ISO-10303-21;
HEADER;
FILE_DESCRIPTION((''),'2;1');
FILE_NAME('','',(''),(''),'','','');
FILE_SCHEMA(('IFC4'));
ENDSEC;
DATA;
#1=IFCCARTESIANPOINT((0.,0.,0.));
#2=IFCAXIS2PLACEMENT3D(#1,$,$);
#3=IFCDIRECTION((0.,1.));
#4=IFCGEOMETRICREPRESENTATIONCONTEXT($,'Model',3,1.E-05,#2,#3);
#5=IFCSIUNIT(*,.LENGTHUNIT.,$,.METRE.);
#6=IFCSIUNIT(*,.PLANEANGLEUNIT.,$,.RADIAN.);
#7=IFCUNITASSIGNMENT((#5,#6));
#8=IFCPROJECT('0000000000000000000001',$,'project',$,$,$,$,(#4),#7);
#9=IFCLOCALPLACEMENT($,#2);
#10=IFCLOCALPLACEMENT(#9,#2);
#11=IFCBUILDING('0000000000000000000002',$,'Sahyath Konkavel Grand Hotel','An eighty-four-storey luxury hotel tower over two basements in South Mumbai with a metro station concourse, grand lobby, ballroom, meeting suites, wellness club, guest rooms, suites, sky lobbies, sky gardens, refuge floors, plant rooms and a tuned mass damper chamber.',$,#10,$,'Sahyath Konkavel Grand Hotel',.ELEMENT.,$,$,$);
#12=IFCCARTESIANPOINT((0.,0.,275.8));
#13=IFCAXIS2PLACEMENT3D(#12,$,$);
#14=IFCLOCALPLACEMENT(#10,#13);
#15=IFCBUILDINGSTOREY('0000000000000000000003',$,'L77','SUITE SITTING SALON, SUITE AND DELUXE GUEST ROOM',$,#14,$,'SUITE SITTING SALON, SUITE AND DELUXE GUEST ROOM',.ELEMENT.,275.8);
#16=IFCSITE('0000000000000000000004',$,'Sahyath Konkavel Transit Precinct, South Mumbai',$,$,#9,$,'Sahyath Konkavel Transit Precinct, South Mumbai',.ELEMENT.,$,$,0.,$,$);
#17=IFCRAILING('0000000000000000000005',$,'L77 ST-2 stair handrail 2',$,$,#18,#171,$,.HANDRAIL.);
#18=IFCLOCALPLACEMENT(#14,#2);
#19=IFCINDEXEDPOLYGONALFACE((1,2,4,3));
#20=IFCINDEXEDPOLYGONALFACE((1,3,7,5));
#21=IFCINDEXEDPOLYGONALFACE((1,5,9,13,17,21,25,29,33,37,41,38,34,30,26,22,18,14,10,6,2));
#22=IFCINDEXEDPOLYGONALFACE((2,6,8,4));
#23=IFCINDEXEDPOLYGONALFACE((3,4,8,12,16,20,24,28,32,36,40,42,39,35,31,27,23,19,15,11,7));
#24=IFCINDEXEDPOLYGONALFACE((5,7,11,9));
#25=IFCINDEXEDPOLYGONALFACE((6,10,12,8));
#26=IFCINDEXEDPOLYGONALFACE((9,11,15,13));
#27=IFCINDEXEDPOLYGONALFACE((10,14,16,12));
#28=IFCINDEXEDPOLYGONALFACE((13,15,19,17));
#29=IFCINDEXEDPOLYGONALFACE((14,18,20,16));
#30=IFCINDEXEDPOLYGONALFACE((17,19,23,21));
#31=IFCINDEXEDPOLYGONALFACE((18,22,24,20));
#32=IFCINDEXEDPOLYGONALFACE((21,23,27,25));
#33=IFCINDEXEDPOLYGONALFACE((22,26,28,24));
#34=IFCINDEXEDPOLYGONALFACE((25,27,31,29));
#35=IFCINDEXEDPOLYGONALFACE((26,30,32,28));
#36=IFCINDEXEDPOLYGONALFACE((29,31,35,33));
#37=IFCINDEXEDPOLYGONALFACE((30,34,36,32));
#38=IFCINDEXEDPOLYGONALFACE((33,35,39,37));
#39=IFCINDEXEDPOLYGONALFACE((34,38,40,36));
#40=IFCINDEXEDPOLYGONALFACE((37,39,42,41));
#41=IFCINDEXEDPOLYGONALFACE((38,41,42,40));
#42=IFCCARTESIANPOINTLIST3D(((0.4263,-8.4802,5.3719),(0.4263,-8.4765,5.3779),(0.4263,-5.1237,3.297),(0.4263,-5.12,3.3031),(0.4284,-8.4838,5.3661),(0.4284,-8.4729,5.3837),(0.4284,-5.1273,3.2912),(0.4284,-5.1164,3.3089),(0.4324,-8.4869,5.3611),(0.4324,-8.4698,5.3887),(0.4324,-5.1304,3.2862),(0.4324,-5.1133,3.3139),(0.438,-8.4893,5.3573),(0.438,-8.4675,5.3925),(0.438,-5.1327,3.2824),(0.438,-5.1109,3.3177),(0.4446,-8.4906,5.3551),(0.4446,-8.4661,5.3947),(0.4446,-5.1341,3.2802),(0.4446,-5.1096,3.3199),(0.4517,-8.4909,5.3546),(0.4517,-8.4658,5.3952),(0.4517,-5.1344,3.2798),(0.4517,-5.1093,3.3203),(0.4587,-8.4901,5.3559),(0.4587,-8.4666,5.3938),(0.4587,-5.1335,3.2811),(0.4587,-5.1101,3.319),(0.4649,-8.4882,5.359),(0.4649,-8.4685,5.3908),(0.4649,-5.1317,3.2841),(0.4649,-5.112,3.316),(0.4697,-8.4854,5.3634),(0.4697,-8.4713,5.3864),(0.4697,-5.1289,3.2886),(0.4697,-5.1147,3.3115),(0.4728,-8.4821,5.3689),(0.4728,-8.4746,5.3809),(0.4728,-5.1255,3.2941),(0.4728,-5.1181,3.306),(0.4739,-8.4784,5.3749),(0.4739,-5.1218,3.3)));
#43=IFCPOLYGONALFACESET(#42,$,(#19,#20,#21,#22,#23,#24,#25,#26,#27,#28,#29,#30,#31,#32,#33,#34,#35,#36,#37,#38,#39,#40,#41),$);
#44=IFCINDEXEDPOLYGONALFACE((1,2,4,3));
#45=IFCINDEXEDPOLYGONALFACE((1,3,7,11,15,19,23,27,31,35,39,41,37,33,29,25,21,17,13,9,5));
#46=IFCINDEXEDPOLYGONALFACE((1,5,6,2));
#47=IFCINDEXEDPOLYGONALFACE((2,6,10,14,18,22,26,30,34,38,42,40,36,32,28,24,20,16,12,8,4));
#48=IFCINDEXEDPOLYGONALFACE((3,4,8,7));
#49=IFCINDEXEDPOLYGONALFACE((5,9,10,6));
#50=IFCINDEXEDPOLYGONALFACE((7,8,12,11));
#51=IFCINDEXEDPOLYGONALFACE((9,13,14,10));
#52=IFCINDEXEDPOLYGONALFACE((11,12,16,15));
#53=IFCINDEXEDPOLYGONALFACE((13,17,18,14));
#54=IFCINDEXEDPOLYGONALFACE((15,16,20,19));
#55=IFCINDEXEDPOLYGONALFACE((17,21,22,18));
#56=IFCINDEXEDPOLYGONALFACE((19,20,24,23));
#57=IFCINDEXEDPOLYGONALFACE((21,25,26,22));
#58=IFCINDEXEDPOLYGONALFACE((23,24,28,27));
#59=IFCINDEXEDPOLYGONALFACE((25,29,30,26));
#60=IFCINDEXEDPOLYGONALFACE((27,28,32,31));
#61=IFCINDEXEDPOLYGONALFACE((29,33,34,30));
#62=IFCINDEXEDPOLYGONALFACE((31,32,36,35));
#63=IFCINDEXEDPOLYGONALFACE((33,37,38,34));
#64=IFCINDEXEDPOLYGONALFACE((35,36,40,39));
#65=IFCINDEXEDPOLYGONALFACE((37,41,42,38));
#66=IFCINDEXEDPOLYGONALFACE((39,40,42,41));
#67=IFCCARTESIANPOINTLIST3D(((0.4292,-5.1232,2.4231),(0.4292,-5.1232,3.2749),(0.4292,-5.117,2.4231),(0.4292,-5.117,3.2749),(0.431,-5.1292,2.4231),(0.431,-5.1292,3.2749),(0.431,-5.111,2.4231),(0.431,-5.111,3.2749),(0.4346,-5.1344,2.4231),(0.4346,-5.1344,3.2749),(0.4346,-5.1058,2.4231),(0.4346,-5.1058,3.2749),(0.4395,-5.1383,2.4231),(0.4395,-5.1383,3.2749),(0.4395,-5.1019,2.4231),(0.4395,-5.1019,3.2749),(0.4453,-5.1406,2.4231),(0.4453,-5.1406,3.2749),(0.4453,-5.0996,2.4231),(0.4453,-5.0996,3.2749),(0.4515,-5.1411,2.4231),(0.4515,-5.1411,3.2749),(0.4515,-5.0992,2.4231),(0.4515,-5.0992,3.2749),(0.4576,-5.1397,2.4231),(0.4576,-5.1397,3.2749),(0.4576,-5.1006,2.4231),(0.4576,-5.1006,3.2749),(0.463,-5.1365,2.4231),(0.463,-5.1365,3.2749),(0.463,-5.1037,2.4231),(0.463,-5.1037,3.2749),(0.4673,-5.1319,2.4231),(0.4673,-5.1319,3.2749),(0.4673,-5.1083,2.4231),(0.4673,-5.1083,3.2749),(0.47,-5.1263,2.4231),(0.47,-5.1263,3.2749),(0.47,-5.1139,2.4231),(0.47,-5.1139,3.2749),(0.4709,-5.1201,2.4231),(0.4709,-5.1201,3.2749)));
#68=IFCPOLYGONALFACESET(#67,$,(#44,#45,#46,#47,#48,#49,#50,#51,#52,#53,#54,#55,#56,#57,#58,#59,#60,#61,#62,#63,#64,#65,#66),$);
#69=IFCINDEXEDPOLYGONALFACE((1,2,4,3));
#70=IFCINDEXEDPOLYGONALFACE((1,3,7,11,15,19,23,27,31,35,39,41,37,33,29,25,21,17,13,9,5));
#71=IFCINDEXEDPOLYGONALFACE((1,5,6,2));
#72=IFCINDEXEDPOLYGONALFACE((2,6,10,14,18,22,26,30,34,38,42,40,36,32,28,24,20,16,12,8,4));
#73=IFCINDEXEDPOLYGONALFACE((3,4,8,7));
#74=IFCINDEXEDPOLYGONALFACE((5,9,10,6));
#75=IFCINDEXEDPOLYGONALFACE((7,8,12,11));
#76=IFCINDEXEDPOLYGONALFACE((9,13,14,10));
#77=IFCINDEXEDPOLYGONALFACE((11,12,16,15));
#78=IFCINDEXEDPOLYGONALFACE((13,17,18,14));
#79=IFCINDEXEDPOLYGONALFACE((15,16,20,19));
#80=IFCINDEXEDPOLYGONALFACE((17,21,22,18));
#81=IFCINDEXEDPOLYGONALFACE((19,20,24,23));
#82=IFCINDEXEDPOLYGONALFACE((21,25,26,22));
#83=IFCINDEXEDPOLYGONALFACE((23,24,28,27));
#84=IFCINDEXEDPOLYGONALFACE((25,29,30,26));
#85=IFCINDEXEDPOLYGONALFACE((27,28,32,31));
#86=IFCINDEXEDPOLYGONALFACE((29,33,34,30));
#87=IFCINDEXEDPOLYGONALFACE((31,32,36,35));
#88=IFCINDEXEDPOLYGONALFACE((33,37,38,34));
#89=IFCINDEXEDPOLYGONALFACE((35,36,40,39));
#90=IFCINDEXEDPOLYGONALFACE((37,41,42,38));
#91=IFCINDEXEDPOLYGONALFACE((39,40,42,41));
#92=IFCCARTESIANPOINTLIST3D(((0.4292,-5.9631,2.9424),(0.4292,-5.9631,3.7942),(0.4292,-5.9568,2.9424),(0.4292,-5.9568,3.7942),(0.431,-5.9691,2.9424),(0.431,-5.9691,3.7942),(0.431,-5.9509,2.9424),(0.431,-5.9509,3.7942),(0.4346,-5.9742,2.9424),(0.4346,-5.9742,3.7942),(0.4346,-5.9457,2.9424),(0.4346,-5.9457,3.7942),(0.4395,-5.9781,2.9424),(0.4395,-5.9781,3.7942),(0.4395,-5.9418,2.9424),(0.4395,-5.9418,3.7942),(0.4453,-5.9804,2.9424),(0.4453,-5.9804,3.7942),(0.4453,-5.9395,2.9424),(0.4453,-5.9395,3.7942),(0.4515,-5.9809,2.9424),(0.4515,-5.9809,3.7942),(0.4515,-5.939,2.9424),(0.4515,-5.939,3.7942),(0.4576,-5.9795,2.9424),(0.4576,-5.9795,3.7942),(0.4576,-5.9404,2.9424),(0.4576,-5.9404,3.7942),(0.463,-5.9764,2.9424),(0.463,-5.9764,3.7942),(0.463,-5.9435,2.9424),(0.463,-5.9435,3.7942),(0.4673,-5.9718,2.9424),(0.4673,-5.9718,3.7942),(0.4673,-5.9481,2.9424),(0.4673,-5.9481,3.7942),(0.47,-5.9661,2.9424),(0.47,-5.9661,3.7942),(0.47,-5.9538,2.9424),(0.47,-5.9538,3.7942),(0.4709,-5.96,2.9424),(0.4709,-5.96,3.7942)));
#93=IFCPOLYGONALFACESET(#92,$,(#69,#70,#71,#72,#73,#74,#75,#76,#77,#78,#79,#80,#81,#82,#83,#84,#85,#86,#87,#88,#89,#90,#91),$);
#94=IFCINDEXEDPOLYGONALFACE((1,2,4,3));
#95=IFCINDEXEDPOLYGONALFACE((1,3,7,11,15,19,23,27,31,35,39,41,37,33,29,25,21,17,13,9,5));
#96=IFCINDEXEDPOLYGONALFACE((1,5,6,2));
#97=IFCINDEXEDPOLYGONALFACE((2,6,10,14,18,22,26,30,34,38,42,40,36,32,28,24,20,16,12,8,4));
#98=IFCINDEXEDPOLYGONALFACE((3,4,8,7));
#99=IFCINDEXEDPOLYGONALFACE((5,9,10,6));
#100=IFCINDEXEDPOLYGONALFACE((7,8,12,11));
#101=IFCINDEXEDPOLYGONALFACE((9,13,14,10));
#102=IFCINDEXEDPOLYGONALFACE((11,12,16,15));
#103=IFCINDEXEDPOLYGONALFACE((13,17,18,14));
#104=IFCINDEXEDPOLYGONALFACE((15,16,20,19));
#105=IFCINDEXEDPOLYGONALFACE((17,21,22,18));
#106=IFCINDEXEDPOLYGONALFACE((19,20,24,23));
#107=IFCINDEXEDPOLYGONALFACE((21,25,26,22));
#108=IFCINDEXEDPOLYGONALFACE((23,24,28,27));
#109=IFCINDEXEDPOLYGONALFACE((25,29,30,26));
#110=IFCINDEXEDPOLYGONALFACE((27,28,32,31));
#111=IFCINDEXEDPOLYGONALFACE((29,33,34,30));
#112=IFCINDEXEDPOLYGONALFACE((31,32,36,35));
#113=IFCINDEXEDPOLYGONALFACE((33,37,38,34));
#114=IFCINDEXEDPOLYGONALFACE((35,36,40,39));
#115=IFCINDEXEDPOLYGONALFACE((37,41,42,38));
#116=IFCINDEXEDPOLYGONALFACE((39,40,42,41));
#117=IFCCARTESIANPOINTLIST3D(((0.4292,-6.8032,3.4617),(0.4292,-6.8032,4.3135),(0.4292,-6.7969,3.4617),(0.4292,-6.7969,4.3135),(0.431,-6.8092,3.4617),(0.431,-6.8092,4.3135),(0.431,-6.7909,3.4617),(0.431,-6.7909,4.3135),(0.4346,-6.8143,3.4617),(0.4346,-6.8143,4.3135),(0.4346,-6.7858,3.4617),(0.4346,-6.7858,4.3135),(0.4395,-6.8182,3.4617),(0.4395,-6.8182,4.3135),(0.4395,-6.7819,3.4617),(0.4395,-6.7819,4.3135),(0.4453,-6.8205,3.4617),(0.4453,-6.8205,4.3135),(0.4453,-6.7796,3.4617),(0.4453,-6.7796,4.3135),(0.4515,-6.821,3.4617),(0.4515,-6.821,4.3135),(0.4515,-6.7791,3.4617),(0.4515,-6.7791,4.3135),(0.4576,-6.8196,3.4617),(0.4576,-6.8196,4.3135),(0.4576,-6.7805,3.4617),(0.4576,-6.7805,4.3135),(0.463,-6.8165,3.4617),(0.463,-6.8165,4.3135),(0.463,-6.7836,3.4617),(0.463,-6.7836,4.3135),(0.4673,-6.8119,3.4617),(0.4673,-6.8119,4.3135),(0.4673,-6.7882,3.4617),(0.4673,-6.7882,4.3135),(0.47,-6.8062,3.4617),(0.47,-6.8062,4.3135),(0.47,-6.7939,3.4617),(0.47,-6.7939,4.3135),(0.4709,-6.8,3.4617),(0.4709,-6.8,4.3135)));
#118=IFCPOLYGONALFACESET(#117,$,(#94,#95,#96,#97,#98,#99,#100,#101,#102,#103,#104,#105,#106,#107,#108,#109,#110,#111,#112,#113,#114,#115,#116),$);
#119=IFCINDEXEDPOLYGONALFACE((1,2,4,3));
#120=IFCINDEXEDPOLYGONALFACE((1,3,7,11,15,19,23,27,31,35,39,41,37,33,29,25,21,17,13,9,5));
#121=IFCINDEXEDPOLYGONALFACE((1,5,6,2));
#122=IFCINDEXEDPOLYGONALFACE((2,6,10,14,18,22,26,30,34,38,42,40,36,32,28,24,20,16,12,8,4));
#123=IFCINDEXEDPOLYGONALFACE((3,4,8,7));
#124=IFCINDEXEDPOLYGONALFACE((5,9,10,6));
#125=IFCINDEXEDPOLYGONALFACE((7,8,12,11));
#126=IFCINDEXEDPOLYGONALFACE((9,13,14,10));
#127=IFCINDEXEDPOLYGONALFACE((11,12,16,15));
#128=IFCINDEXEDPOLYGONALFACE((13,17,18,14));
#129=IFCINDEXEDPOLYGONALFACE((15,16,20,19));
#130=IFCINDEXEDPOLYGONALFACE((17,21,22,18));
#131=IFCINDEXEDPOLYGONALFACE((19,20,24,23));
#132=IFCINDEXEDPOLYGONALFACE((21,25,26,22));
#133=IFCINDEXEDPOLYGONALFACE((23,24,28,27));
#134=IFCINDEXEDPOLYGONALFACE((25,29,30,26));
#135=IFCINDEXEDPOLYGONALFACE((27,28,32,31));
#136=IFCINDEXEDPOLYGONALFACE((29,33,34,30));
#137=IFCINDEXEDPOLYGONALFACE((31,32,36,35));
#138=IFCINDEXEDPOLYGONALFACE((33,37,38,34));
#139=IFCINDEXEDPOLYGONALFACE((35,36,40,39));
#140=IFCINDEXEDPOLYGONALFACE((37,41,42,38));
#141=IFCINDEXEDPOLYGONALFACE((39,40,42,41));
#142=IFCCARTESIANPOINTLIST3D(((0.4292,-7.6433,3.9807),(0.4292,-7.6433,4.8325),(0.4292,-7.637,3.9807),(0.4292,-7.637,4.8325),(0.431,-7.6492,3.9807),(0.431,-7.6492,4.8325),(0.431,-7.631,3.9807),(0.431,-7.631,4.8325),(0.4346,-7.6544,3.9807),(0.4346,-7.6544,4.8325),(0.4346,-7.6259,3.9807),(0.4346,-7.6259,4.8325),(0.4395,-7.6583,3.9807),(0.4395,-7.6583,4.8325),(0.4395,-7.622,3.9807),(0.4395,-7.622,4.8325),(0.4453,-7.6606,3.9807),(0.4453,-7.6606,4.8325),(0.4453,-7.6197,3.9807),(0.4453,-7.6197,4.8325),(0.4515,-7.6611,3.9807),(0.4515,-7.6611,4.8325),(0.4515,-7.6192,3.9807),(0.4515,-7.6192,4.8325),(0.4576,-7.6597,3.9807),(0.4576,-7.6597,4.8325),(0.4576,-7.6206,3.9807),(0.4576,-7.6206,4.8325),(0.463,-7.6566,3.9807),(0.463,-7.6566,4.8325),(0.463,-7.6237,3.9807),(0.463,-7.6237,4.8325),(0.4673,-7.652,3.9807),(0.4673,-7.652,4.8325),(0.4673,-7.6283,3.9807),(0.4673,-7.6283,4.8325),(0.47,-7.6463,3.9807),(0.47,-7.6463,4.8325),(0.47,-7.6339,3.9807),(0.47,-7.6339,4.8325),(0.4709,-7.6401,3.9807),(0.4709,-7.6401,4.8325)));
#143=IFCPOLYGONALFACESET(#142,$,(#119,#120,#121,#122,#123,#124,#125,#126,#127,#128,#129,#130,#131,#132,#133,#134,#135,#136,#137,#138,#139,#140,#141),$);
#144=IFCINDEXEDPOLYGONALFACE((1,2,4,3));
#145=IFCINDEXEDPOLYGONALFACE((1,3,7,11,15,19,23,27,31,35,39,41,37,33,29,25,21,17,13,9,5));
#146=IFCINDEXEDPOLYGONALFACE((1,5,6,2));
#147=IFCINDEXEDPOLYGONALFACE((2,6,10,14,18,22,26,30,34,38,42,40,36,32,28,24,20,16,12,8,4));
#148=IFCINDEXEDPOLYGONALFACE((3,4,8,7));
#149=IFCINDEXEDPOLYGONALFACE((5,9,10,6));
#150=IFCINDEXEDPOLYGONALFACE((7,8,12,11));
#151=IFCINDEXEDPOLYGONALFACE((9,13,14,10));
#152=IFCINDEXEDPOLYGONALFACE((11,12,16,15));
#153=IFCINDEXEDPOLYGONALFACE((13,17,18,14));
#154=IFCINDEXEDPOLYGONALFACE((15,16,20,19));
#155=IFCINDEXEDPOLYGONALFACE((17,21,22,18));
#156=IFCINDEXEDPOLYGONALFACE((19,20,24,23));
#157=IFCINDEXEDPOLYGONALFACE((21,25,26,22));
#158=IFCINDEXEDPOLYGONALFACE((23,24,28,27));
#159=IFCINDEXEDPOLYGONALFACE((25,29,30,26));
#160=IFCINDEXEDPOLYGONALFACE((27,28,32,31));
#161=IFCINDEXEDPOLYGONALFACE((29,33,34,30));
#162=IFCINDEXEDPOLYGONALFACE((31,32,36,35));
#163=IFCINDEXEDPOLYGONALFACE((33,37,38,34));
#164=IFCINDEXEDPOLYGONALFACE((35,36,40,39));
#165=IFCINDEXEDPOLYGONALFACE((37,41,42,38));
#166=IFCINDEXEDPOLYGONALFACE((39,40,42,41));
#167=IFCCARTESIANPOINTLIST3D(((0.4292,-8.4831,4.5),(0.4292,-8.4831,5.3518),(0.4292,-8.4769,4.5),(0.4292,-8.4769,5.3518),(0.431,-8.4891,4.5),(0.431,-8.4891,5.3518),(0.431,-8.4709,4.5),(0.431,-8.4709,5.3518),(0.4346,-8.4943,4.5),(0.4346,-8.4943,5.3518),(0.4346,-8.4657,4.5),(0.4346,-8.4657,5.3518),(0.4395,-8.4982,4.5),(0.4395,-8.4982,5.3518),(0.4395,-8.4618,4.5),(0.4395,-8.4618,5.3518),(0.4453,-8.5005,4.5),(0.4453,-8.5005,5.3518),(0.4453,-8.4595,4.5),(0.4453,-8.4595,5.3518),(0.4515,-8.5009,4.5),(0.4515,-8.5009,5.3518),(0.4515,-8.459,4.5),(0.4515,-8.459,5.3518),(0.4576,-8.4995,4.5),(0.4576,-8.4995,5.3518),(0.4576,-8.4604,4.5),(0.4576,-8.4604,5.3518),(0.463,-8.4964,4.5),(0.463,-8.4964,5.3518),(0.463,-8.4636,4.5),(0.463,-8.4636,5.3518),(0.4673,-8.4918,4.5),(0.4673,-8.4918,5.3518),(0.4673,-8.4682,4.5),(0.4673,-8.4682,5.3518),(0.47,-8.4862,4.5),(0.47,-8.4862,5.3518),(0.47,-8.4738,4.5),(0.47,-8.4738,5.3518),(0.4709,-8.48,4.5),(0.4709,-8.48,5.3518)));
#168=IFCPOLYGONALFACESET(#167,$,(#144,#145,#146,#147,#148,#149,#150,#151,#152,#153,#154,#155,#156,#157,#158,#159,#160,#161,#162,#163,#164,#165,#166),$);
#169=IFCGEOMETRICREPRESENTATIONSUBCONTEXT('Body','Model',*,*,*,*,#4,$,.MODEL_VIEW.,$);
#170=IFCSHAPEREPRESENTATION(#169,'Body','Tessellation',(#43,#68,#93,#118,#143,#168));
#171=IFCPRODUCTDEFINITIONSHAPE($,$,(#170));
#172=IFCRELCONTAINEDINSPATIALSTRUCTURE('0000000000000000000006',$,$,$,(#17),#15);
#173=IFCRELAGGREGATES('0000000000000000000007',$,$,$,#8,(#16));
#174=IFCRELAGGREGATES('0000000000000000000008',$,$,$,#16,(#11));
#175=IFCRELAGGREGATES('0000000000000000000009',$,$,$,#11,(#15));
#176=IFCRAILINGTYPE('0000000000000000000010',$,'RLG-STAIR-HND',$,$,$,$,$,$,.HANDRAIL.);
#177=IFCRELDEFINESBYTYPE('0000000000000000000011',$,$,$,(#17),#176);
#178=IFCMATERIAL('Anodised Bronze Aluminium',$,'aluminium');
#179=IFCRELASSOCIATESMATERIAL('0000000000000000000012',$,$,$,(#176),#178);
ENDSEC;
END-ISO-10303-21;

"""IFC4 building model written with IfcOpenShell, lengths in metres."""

from ifc_helpers import new_model, si_unit, direction, frame, origin, origin_2d, place, context, subcontext, project, spatial, circle, extrude, material, type_object, element, save


model = new_model("IFC4")

# Units and contexts
model_context = context("Model", 3, precision=1e-05, world=origin(), true_north=direction((0.0, 1.0)))
body_context = subcontext(model_context, "Body", "Model", "MODEL_VIEW")
ifc_project = project(units=[si_unit("LENGTHUNIT", "METRE"), si_unit("PLANEANGLEUNIT", "RADIAN")], contexts=[model_context])

# Site, building, storey
site_placement = place(None, origin())
site = spatial("IfcSite", under=ifc_project, at=site_placement, Name="Sahyath Konkavel Transit Precinct, South Mumbai", LongName="Sahyath Konkavel Transit Precinct, South Mumbai", CompositionType="ELEMENT", RefElevation=0.0)
building_placement = place(site_placement, origin())
building = spatial("IfcBuilding", under=site, at=building_placement, Name="Sahyath Konkavel Grand Hotel", Description="An eighty-four-storey luxury hotel tower over two basements in South Mumbai with a metro station concourse, grand lobby, ballroom, meeting suites, wellness club, guest rooms, suites, sky lobbies, sky gardens, refuge floors, plant rooms and a tuned mass damper chamber.", LongName="Sahyath Konkavel Grand Hotel", CompositionType="ELEMENT")
storey_placement = place(building_placement, frame((0.0, 0.0, 275.8)))
storey = spatial("IfcBuildingStorey", under=building, at=storey_placement, Name="L77", Description="SUITE SITTING SALON, SUITE AND DELUXE GUEST ROOM", LongName="SUITE SITTING SALON, SUITE AND DELUXE GUEST ROOM", CompositionType="ELEMENT", Elevation=275.8)

# Shared definitions
ifc_material_1 = material(Name="Anodised Bronze Aluminium", Category="aluminium")

# Railing
railing_type_1 = type_object("IfcRailingType", Name="RLG-STAIR-HND", PredefinedType="HANDRAIL", material=ifc_material_1)
railing_1_placement = place(storey_placement, frame((0.45, -5.1201, 2.4231)))
element("IfcRailing", 1, at=railing_1_placement, inside=storey, type_object=railing_type_1, Name="L77 ST-2 stair handrail 2", PredefinedType="HANDRAIL", context=body_context, shape_type="SweptSolid", body=[
    extrude(circle(Radius=0.0239, at=origin_2d()), frame((0.0, -0.0017, 0.877), z_axis=(0.0, -0.850606, 0.525803), x_axis=(1.0, 0.0, 0.0)), (0.0, 0.0, 1.0), 3.946),
    extrude(circle(Radius=0.021, at=origin_2d()), origin(), (0.0, 0.0, 1.0), 0.8518),
    extrude(circle(Radius=0.021, at=origin_2d()), frame((0.0, -0.8398, 0.5193)), (0.0, 0.0, 1.0), 0.8518),
    extrude(circle(Radius=0.021, at=origin_2d()), frame((0.0, -1.6799, 1.0386)), (0.0, 0.0, 1.0), 0.8518),
    extrude(circle(Radius=0.021, at=origin_2d()), frame((0.0, -2.52, 1.5576)), (0.0, 0.0, 1.0), 0.8518),
    extrude(circle(Radius=0.021, at=origin_2d()), frame((0.0, -3.3599, 2.0769)), (0.0, 0.0, 1.0), 0.8518),
])

save(model, "model.ifc")
